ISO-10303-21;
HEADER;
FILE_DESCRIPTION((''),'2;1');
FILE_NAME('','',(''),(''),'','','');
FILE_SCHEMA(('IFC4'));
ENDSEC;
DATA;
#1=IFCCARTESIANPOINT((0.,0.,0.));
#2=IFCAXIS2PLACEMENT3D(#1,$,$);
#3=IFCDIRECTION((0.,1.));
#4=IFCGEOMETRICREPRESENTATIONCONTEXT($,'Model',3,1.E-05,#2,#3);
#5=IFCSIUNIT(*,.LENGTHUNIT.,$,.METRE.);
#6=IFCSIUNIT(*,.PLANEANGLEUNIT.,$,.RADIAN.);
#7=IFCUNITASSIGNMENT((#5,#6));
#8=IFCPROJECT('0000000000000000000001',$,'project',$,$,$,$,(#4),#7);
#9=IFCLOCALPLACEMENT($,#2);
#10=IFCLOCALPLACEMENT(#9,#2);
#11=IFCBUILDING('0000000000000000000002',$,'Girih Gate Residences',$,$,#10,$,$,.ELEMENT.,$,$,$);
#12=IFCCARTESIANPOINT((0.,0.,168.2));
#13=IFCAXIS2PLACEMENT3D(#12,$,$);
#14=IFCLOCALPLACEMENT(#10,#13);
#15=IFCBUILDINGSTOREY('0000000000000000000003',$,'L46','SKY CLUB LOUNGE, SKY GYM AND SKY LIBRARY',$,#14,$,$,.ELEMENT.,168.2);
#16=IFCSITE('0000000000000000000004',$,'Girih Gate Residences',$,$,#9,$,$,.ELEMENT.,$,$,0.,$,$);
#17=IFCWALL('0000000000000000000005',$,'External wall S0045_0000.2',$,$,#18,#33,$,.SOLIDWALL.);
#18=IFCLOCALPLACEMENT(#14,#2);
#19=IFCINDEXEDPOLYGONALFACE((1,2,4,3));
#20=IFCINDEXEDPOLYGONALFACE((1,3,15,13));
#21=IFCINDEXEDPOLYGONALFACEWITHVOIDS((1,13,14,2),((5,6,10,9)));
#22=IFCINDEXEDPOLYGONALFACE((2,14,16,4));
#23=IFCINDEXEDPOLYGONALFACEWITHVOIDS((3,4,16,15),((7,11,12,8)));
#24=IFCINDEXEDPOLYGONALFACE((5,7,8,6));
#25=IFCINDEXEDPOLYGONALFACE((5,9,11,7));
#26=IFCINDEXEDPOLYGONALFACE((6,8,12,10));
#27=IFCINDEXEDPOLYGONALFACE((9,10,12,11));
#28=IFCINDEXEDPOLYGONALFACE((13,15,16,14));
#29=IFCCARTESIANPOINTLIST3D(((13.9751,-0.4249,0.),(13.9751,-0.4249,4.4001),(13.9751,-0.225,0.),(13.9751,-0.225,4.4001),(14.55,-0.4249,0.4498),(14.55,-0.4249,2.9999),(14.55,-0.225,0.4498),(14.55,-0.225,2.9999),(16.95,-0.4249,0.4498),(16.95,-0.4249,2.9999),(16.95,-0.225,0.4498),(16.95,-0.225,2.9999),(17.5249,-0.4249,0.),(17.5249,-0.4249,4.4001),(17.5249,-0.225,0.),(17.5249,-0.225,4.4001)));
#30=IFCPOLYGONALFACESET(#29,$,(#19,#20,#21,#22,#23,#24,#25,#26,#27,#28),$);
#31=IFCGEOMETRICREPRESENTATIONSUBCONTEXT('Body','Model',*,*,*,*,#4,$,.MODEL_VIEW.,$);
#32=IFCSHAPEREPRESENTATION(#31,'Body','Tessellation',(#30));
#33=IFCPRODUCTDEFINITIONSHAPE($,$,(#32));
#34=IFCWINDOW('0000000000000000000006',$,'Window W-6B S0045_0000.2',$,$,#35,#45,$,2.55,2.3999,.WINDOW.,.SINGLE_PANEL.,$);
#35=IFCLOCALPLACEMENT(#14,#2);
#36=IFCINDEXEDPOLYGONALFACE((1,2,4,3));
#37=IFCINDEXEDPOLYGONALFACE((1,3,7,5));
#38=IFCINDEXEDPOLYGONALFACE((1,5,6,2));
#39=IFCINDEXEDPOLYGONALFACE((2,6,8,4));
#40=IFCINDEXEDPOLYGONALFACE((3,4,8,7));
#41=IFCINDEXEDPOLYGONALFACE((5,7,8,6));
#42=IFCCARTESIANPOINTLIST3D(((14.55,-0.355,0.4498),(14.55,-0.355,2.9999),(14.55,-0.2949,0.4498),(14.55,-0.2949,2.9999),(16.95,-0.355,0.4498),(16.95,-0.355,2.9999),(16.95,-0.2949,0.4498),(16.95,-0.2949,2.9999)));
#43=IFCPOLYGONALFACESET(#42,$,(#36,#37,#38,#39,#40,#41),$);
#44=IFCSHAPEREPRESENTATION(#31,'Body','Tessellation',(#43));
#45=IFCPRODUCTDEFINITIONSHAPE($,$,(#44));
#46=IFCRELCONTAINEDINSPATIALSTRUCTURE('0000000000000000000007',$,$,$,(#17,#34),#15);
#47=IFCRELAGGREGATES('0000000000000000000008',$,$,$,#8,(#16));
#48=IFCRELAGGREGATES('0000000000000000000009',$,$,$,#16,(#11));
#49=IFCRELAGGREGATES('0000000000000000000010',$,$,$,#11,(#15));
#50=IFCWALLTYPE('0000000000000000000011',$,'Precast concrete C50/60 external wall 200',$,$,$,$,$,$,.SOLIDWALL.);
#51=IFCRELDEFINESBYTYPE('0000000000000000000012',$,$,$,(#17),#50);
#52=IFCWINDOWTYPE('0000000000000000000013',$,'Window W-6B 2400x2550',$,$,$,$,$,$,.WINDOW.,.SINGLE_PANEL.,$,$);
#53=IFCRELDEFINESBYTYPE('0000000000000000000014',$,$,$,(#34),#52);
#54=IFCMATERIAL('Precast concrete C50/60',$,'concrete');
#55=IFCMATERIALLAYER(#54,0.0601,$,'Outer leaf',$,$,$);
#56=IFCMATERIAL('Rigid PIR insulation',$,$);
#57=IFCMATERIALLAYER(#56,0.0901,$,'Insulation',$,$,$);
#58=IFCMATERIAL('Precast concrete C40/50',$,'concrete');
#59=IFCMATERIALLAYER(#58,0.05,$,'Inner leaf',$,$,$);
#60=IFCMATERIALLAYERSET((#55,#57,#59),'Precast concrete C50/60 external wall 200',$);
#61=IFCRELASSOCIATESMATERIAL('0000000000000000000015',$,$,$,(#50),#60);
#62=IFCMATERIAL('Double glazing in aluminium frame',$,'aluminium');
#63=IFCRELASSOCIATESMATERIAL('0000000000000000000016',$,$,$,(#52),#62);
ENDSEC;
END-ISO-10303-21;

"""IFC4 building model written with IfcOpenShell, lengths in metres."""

from ifc_helpers import new_model, si_unit, direction, frame, frame_2d, origin, place, context, subcontext, project, spatial, rectangle, extrude, material, layer, layer_set, type_object, element, fill, save


model = new_model("IFC4")

# Units and contexts
model_context = context("Model", 3, precision=1e-05, world=origin(), true_north=direction((0.0, 1.0)))
body_context = subcontext(model_context, "Body", "Model", "MODEL_VIEW")
ifc_project = project(units=[si_unit("LENGTHUNIT", "METRE"), si_unit("PLANEANGLEUNIT", "RADIAN")], contexts=[model_context])

# Site, building, storey
site_placement = place(None, origin())
site = spatial("IfcSite", under=ifc_project, at=site_placement, Name="Girih Gate Residences", CompositionType="ELEMENT", RefElevation=0.0)
building_placement = place(site_placement, origin())
building = spatial("IfcBuilding", under=site, at=building_placement, Name="Girih Gate Residences", CompositionType="ELEMENT")
storey_placement = place(building_placement, frame((0.0, 0.0, 168.2)))
storey = spatial("IfcBuildingStorey", under=building, at=storey_placement, Name="L46", Description="SKY CLUB LOUNGE, SKY GYM AND SKY LIBRARY", CompositionType="ELEMENT", Elevation=168.2)

# Wall, opening, window
ifc_material_1 = material(Name="Precast concrete C50/60", Category="concrete")
ifc_layer_1 = layer(ifc_material_1, 0.0601, Name="Outer leaf")
ifc_material_2 = material(Name="Rigid PIR insulation")
ifc_layer_2 = layer(ifc_material_2, 0.0901, Name="Insulation")
ifc_material_3 = material(Name="Precast concrete C40/50", Category="concrete")
ifc_layer_3 = layer(ifc_material_3, 0.05, Name="Inner leaf")
ifc_layer_set_1 = layer_set([ifc_layer_1, ifc_layer_2, ifc_layer_3], Name="Precast concrete C50/60 external wall 200")
wall_type_1 = type_object("IfcWallType", Name="Precast concrete C50/60 external wall 200", PredefinedType="SOLIDWALL", material=ifc_layer_set_1)
ifc_material_4 = material(Name="Double glazing in aluminium frame", Category="aluminium")
window_type = type_object("IfcWindowType", Name="Window W-6B 2400x2550", PartitioningType="SINGLE_PANEL", PredefinedType="WINDOW", material=ifc_material_4)
wall_1_placement = place(storey_placement, frame((17.5249, -0.325, 0.0), z_axis=(0.0, 0.0, 1.0), x_axis=(-1.0, 0.0, 0.0)))
wall_1 = element("IfcWall", 1, at=wall_1_placement, inside=storey, type_object=wall_type_1, Name="External wall S0045_0000.2", PredefinedType="SOLIDWALL", context=body_context, shape_type="SweptSolid", body=[
    extrude(rectangle(XDim=3.5498, YDim=0.2, at=frame_2d((1.7749, 0.0))), origin(), (0.0, 0.0, 1.0), 4.4001),
])
opening_1_placement = place(wall_1_placement, frame((0.575, 0.0, 0.45)))
opening_1 = element("IfcOpeningElement", 2, at=opening_1_placement, cuts=wall_1, PredefinedType="OPENING", context=body_context, shape_type="SweptSolid", body=[
    extrude(rectangle(XDim=2.3999, YDim=2.55, at=frame_2d((1.2, 1.2749))), frame((0.0, 0.1099, 0.0), z_axis=(0.0, -1.0, 0.0), x_axis=(1.0, 0.0, 0.0)), (0.0, 0.0, 1.0), 0.22),
])
window_1_placement = place(opening_1_placement, origin())
window_1 = element("IfcWindow", 3, at=window_1_placement, inside=storey, type_object=window_type, Name="Window W-6B S0045_0000.2", OverallHeight=2.55, OverallWidth=2.3999, PartitioningType="SINGLE_PANEL", PredefinedType="WINDOW", context=body_context, shape_type="SweptSolid", body=[
    extrude(rectangle(XDim=2.3999, YDim=2.55, at=frame_2d((1.2, 1.2749))), frame((0.0, 0.03, 0.0), z_axis=(0.0, -1.0, 0.0), x_axis=(1.0, 0.0, 0.0)), (0.0, 0.0, 1.0), 0.0601),
])
fill(opening_1, window_1)

save(model, "model.ifc")
